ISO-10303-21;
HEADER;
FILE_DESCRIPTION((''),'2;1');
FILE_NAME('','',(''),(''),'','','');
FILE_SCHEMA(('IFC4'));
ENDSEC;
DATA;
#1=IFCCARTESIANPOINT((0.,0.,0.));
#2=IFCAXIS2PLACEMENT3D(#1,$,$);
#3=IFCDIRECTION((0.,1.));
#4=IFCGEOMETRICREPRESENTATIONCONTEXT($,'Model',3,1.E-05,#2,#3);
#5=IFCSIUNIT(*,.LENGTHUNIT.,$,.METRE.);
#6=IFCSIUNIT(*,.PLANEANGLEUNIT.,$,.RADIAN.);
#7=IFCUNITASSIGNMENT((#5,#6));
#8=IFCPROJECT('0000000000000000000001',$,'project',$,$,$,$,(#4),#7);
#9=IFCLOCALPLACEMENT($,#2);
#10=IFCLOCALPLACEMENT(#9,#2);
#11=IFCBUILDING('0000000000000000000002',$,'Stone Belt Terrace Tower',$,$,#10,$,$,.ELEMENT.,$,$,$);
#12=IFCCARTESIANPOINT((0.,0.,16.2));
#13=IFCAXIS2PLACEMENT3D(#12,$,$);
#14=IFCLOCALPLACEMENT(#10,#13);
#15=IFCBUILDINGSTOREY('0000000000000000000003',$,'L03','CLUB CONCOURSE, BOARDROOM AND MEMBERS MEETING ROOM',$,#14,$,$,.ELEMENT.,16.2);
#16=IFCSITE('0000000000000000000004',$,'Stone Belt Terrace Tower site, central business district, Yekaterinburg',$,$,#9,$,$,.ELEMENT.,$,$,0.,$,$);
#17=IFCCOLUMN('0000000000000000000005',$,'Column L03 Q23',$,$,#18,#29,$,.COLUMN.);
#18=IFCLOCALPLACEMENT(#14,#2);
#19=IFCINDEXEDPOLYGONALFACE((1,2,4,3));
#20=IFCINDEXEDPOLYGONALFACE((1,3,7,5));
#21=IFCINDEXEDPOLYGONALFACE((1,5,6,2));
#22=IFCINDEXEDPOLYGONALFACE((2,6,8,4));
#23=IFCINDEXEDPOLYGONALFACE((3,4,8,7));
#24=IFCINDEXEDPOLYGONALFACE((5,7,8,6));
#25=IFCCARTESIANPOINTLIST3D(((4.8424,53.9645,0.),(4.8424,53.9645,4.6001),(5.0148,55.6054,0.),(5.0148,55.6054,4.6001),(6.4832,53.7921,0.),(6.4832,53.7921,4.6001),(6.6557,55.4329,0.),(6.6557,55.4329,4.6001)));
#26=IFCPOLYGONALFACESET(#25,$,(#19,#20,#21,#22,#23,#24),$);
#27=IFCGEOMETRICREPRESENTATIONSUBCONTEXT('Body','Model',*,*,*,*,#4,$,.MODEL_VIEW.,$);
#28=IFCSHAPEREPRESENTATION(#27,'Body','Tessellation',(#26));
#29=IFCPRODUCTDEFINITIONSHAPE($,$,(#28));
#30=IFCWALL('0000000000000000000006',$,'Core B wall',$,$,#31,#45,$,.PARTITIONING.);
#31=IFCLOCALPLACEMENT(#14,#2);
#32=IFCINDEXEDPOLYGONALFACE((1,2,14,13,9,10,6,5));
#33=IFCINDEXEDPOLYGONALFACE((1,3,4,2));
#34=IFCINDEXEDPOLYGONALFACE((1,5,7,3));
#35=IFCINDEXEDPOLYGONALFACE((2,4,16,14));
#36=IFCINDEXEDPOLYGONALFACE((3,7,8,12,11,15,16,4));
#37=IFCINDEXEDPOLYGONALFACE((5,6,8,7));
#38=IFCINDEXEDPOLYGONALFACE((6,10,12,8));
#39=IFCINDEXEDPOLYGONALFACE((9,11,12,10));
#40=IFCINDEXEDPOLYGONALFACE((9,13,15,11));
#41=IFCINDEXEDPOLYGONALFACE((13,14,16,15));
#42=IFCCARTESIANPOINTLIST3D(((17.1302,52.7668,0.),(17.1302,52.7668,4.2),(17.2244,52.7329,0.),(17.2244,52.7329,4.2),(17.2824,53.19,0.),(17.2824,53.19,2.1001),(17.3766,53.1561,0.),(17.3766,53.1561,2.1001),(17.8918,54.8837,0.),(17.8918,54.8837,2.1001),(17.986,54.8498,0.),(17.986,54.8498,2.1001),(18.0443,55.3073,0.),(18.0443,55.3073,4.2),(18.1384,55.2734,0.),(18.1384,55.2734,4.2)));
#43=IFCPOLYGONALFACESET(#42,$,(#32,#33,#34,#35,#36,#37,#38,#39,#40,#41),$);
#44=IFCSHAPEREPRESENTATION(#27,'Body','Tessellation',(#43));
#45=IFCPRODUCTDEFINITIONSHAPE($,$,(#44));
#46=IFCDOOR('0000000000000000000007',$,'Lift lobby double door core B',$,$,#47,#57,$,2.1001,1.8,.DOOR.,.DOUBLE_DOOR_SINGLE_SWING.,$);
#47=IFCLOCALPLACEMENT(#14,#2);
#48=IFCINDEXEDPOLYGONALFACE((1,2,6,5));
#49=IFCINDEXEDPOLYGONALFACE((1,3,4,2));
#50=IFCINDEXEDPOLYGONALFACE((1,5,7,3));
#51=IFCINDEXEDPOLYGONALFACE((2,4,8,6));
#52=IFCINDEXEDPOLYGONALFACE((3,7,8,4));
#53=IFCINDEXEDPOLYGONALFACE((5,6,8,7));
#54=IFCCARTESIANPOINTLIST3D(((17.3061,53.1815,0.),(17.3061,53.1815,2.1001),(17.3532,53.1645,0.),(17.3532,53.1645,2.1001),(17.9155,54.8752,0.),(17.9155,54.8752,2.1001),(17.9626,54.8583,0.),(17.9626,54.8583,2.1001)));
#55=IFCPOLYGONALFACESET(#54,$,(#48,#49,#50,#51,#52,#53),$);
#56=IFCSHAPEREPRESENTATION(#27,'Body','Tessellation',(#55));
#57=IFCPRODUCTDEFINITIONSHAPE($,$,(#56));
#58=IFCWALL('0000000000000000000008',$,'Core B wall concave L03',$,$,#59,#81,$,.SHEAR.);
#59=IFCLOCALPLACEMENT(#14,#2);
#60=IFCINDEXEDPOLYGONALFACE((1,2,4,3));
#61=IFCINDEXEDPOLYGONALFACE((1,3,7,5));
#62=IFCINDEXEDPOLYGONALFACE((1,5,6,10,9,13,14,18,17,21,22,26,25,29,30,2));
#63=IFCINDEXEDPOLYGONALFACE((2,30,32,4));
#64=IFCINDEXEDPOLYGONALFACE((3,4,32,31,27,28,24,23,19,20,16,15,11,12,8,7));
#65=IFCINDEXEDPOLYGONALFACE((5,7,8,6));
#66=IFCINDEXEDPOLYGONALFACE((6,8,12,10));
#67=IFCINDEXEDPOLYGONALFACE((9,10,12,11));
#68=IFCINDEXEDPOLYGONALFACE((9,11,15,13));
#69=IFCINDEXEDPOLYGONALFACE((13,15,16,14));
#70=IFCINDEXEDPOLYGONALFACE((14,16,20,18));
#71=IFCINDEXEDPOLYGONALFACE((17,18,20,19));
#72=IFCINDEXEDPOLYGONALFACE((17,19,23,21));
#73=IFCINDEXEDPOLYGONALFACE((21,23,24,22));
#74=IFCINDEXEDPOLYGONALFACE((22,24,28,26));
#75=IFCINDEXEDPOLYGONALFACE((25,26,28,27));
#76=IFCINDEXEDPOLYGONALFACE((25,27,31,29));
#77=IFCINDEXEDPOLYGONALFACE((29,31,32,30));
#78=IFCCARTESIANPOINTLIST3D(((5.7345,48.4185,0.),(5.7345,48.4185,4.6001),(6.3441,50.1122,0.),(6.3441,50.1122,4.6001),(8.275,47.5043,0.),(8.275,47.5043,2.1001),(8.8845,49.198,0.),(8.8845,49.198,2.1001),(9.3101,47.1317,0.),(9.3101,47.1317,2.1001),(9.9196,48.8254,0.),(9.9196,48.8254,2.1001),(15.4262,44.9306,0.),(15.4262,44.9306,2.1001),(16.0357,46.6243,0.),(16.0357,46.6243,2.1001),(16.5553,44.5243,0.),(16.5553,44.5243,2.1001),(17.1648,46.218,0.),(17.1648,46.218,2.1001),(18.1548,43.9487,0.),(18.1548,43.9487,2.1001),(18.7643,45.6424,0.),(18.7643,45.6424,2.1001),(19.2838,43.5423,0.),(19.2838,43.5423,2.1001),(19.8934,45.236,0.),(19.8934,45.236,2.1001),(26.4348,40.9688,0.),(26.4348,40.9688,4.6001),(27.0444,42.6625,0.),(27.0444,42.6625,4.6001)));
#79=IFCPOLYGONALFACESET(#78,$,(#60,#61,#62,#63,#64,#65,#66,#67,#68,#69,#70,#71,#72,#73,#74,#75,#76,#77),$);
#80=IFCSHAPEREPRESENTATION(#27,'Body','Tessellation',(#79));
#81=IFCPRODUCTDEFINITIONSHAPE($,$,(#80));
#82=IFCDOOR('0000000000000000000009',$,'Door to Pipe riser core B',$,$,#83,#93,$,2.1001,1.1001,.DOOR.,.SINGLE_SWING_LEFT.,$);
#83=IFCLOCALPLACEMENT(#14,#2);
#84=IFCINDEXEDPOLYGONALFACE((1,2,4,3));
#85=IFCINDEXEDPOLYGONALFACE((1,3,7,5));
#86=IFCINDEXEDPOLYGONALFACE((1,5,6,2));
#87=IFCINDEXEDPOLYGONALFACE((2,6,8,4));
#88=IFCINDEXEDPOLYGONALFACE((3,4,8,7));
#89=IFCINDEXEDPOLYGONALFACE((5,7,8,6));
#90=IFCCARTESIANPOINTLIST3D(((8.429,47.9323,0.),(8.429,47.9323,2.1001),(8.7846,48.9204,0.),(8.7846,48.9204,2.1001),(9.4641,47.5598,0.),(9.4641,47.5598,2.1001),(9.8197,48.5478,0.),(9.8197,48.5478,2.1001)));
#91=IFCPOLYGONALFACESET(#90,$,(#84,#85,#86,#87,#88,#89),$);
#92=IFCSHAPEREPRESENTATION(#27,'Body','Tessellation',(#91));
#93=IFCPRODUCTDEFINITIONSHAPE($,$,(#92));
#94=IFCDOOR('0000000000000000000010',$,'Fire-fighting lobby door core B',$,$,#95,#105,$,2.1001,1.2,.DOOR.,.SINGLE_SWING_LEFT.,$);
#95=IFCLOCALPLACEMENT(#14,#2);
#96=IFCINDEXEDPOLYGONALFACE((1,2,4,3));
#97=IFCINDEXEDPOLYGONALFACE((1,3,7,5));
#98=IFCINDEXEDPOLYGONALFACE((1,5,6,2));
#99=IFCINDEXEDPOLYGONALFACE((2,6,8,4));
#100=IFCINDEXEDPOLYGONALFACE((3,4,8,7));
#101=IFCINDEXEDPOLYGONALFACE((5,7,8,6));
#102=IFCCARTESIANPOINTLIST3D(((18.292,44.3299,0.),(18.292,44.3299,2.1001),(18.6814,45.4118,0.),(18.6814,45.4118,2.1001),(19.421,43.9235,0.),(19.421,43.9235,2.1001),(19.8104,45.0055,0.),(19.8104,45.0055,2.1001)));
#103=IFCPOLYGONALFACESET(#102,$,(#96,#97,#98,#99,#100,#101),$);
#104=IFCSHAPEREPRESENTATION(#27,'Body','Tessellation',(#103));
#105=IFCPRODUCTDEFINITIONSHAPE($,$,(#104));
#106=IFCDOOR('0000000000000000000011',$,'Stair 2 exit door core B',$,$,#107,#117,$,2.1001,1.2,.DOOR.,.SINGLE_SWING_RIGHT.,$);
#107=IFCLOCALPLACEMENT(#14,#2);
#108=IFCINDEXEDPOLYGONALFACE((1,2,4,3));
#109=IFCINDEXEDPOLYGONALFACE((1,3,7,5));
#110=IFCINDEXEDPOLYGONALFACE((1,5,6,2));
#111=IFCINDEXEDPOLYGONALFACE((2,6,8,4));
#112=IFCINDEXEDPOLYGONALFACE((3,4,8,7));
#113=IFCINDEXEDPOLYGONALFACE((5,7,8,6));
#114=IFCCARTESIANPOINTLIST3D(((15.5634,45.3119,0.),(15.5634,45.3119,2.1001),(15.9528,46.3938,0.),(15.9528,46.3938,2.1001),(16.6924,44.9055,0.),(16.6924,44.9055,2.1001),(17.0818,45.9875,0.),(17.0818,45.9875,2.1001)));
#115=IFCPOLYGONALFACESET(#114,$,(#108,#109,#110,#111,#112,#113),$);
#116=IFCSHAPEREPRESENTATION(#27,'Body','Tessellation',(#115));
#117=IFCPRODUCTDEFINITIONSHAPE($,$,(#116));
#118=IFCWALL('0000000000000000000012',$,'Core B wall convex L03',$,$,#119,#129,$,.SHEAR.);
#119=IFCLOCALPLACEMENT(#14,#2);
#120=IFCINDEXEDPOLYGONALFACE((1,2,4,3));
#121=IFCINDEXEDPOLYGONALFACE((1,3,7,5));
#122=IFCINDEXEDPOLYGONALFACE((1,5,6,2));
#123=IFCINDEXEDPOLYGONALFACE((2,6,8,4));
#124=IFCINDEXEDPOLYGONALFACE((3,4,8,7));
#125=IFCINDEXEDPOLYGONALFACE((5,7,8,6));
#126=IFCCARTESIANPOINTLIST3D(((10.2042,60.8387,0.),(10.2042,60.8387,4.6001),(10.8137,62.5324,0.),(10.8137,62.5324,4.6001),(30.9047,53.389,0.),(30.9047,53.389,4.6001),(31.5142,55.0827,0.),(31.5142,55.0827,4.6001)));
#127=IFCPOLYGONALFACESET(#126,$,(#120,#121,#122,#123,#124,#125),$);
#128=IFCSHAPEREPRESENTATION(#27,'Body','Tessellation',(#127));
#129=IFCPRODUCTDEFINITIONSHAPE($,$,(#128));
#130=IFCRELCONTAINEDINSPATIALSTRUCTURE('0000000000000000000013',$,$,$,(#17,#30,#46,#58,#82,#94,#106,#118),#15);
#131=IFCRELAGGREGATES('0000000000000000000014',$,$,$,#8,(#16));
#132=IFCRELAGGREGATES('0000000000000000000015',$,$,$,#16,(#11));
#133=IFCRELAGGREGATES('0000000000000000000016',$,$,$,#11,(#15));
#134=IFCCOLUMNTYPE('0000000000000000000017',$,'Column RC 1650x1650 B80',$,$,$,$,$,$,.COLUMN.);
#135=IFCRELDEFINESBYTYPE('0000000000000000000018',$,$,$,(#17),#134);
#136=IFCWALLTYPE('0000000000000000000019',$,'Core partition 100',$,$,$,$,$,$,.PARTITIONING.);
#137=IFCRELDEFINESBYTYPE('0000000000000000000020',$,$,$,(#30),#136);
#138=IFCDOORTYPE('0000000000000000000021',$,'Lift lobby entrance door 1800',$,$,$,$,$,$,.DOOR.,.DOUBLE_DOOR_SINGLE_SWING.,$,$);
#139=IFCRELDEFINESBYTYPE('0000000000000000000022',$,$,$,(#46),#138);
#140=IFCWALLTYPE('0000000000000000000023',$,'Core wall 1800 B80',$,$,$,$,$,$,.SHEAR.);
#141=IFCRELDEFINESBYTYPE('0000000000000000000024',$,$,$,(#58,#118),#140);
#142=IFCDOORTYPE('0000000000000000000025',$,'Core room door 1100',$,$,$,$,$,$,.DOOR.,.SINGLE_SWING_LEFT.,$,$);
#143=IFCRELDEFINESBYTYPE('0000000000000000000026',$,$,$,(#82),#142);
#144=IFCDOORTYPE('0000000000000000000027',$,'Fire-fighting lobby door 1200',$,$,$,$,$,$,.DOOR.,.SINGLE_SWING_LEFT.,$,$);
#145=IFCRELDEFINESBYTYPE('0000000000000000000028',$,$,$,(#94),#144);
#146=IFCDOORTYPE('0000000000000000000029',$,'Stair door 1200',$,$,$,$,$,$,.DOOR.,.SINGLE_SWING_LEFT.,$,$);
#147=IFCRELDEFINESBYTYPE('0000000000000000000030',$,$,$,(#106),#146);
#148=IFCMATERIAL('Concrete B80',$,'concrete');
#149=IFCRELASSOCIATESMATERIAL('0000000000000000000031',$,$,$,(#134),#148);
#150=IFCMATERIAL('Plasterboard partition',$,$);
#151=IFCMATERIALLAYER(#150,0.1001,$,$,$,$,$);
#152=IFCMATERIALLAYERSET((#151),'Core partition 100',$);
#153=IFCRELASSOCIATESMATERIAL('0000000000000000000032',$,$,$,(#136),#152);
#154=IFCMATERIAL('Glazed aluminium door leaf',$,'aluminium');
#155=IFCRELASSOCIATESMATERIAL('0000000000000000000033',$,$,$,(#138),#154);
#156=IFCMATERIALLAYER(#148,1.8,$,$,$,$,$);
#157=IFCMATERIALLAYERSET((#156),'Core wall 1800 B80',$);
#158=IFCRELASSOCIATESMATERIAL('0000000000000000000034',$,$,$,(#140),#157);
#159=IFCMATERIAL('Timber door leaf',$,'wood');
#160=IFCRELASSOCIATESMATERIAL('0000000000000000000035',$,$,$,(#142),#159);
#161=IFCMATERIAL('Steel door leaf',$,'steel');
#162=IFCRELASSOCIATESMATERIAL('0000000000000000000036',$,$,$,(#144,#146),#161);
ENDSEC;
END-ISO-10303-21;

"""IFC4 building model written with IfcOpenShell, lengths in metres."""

from ifc_helpers import new_model, si_unit, direction, frame, frame_2d, origin, origin_2d, place, context, subcontext, project, spatial, rectangle, extrude, material, layer, layer_set, material_profile, profile_set, type_object, element, fill, save


model = new_model("IFC4")

# Units and contexts
model_context = context("Model", 3, precision=1e-05, world=origin(), true_north=direction((0.0, 1.0)))
body_context = subcontext(model_context, "Body", "Model", "MODEL_VIEW")
ifc_project = project(units=[si_unit("LENGTHUNIT", "METRE"), si_unit("PLANEANGLEUNIT", "RADIAN")], contexts=[model_context])

# Site, building, storey
site_placement = place(None, origin())
site = spatial("IfcSite", under=ifc_project, at=site_placement, Name="Stone Belt Terrace Tower site, central business district, Yekaterinburg", CompositionType="ELEMENT", RefElevation=0.0)
building_placement = place(site_placement, origin())
building = spatial("IfcBuilding", under=site, at=building_placement, Name="Stone Belt Terrace Tower", CompositionType="ELEMENT")
storey_placement = place(building_placement, frame((0.0, 0.0, 16.2)))
storey = spatial("IfcBuildingStorey", under=building, at=storey_placement, Name="L03", Description="CLUB CONCOURSE, BOARDROOM AND MEMBERS MEETING ROOM", CompositionType="ELEMENT", Elevation=16.2)

# Column
ifc_material_1 = material(Name="Concrete B80", Category="concrete")
ifc_material_profile = material_profile(ifc_material_1, rectangle(XDim=1.6499, YDim=1.6499, at=origin_2d()), Name="RC 1650x1650")
ifc_profile_set = profile_set([ifc_material_profile], Name="Concrete B80")
column_type = type_object("IfcColumnType", Name="Column RC 1650x1650 B80", PredefinedType="COLUMN", material=ifc_profile_set)
column_placement = place(storey_placement, frame((5.749, 54.6987, 0.0), z_axis=(0.0, 0.0, 1.0), x_axis=(0.994522, -0.104528, 0.0)))
element("IfcColumn", 1, at=column_placement, inside=storey, type_object=column_type, Name="Column L03 Q23", PredefinedType="COLUMN", context=body_context, shape_type="SweptSolid", body=[
    extrude(rectangle(XDim=1.6499, YDim=1.6499, at=origin_2d()), origin(), (0.0, 0.0, 1.0), 4.6001),
])

# Wall, opening, door
ifc_material_2 = material(Name="Plasterboard partition")
ifc_layer_1 = layer(ifc_material_2, 0.1001)
ifc_layer_set_1 = layer_set([ifc_layer_1], Name="Core partition 100")
wall_type_1 = type_object("IfcWallType", Name="Core partition 100", PredefinedType="PARTITIONING", material=ifc_layer_set_1)
wall_1_placement = place(storey_placement, frame((17.1772, 52.7498, 0.0), z_axis=(0.0, 0.0, 1.0), x_axis=(0.338547, 0.94095, 0.0)))
wall_1 = element("IfcWall", 2, at=wall_1_placement, inside=storey, type_object=wall_type_1, Name="Core B wall", PredefinedType="PARTITIONING", context=body_context, shape_type="SweptSolid", body=[
    extrude(rectangle(XDim=2.7, YDim=0.1001, at=frame_2d((1.3501, 0.0))), origin(), (0.0, 0.0, 1.0), 4.2),
])
opening_1_placement = place(wall_1_placement, frame((0.45, 0.0, 0.0)))
opening_1 = element("IfcOpeningElement", 3, at=opening_1_placement, cuts=wall_1, PredefinedType="OPENING", context=body_context, shape_type="SweptSolid", body=[
    extrude(rectangle(XDim=1.8, YDim=2.1001, at=frame_2d((0.8999, 1.05))), frame((0.0, 0.0601, 0.0), z_axis=(0.0, -1.0, 0.0), x_axis=(1.0, 0.0, 0.0)), (0.0, 0.0, 1.0), 0.1201),
])
ifc_material_3 = material(Name="Glazed aluminium door leaf", Category="aluminium")
door_type_1 = type_object("IfcDoorType", Name="Lift lobby entrance door 1800", OperationType="DOUBLE_DOOR_SINGLE_SWING", PredefinedType="DOOR", material=ifc_material_3)
door_1_placement = place(opening_1_placement, origin())
door_1 = element("IfcDoor", 4, at=door_1_placement, inside=storey, type_object=door_type_1, Name="Lift lobby double door core B", OperationType="DOUBLE_DOOR_SINGLE_SWING", OverallHeight=2.1001, OverallWidth=1.8, PredefinedType="DOOR", context=body_context, shape_type="SweptSolid", body=[
    extrude(rectangle(XDim=1.8, YDim=2.1001, at=frame_2d((0.8999, 1.05))), frame((0.0, 0.0249, 0.0), z_axis=(0.0, -1.0, 0.0), x_axis=(1.0, 0.0, 0.0)), (0.0, 0.0, 1.0), 0.05),
])
fill(opening_1, door_1)

# Wall, openings, doors
ifc_layer_2 = layer(ifc_material_1, 1.8)
ifc_layer_set_2 = layer_set([ifc_layer_2], Name="Core wall 1800 B80")
wall_type_2 = type_object("IfcWallType", Name="Core wall 1800 B80", PredefinedType="SHEAR", material=ifc_layer_set_2)
wall_2_placement = place(storey_placement, frame((6.0393, 49.2654, 0.0), z_axis=(0.0, 0.0, 1.0), x_axis=(0.940922, -0.338624, 0.0)))
wall_2 = element("IfcWall", 5, at=wall_2_placement, inside=storey, type_object=wall_type_2, Name="Core B wall concave L03", PredefinedType="SHEAR", context=body_context, shape_type="SweptSolid", body=[
    extrude(rectangle(XDim=22.0, YDim=1.8, at=frame_2d((11.0, 0.0))), origin(), (0.0, 0.0, 1.0), 4.6001),
])
opening_2_placement = place(wall_2_placement, frame((13.2, 0.0, 0.0)))
opening_2 = element("IfcOpeningElement", 6, at=opening_2_placement, cuts=wall_2, PredefinedType="OPENING", context=body_context, shape_type="SweptSolid", body=[
    extrude(rectangle(XDim=1.2, YDim=2.1001, at=frame_2d((0.6001, 1.05))), frame((0.0, 0.9099, 0.0), z_axis=(0.0, -1.0, 0.0), x_axis=(1.0, 0.0, 0.0)), (0.0, 0.0, 1.0), 1.8201),
])
opening_3_placement = place(wall_2_placement, frame((10.3, 0.0, 0.0)))
opening_3 = element("IfcOpeningElement", 7, at=opening_3_placement, cuts=wall_2, PredefinedType="OPENING", context=body_context, shape_type="SweptSolid", body=[
    extrude(rectangle(XDim=1.2, YDim=2.1001, at=frame_2d((0.6001, 1.05))), frame((0.0, 0.9099, 0.0), z_axis=(0.0, -1.0, 0.0), x_axis=(1.0, 0.0, 0.0)), (0.0, 0.0, 1.0), 1.8201),
])
opening_4_placement = place(wall_2_placement, frame((2.7, 0.0, 0.0)))
opening_4 = element("IfcOpeningElement", 8, at=opening_4_placement, cuts=wall_2, PredefinedType="OPENING", context=body_context, shape_type="SweptSolid", body=[
    extrude(rectangle(XDim=1.1001, YDim=2.1001, at=frame_2d((0.55, 1.05))), frame((0.0, 0.9099, 0.0), z_axis=(0.0, -1.0, 0.0), x_axis=(1.0, 0.0, 0.0)), (0.0, 0.0, 1.0), 1.8201),
])
ifc_material_4 = material(Name="Timber door leaf", Category="wood")
door_type_2 = type_object("IfcDoorType", Name="Core room door 1100", OperationType="SINGLE_SWING_LEFT", PredefinedType="DOOR", material=ifc_material_4)
door_2_placement = place(opening_4_placement, origin())
door_2 = element("IfcDoor", 9, at=door_2_placement, inside=storey, type_object=door_type_2, Name="Door to Pipe riser core B", OperationType="SINGLE_SWING_LEFT", OverallHeight=2.1001, OverallWidth=1.1001, PredefinedType="DOOR", context=body_context, shape_type="SweptSolid", body=[
    extrude(rectangle(XDim=1.1001, YDim=2.1001, at=frame_2d((0.55, 1.05))), frame((0.0, 0.605, 0.0), z_axis=(0.0, -1.0, 0.0), x_axis=(1.0, 0.0, 0.0)), (0.0, 0.0, 1.0), 1.05),
])
fill(opening_4, door_2)
ifc_material_5 = material(Name="Steel door leaf", Category="steel")
door_type_3 = type_object("IfcDoorType", Name="Fire-fighting lobby door 1200", OperationType="SINGLE_SWING_LEFT", PredefinedType="DOOR", material=ifc_material_5)
door_3_placement = place(opening_2_placement, origin())
door_3 = element("IfcDoor", 10, at=door_3_placement, inside=storey, type_object=door_type_3, Name="Fire-fighting lobby door core B", OperationType="SINGLE_SWING_LEFT", OverallHeight=2.1001, OverallWidth=1.2, PredefinedType="DOOR", context=body_context, shape_type="SweptSolid", body=[
    extrude(rectangle(XDim=1.2, YDim=2.1001, at=frame_2d((0.6001, 1.05))), frame((0.0, 0.655, 0.0), z_axis=(0.0, -1.0, 0.0), x_axis=(1.0, 0.0, 0.0)), (0.0, 0.0, 1.0), 1.1499),
])
fill(opening_2, door_3)
door_type_4 = type_object("IfcDoorType", Name="Stair door 1200", OperationType="SINGLE_SWING_LEFT", PredefinedType="DOOR", material=ifc_material_5)
door_4_placement = place(opening_3_placement, origin())
door_4 = element("IfcDoor", 11, at=door_4_placement, inside=storey, type_object=door_type_4, Name="Stair 2 exit door core B", OperationType="SINGLE_SWING_RIGHT", OverallHeight=2.1001, OverallWidth=1.2, PredefinedType="DOOR", context=body_context, shape_type="SweptSolid", body=[
    extrude(rectangle(XDim=1.2, YDim=2.1001, at=frame_2d((0.6001, 1.05))), frame((0.0, 0.655, 0.0), z_axis=(0.0, -1.0, 0.0), x_axis=(1.0, 0.0, 0.0)), (0.0, 0.0, 1.0), 1.1499),
])
fill(opening_3, door_4)

# Wall
wall_3_placement = place(storey_placement, frame((10.509, 61.6855, 0.0), z_axis=(0.0, 0.0, 1.0), x_axis=(0.940923, -0.338621, 0.0)))
element("IfcWall", 12, at=wall_3_placement, inside=storey, type_object=wall_type_2, Name="Core B wall convex L03", PredefinedType="SHEAR", context=body_context, shape_type="SweptSolid", body=[
    extrude(rectangle(XDim=22.0002, YDim=1.8, at=frame_2d((11.0, 0.0))), origin(), (0.0, 0.0, 1.0), 4.6001),
])

save(model, "model.ifc")
